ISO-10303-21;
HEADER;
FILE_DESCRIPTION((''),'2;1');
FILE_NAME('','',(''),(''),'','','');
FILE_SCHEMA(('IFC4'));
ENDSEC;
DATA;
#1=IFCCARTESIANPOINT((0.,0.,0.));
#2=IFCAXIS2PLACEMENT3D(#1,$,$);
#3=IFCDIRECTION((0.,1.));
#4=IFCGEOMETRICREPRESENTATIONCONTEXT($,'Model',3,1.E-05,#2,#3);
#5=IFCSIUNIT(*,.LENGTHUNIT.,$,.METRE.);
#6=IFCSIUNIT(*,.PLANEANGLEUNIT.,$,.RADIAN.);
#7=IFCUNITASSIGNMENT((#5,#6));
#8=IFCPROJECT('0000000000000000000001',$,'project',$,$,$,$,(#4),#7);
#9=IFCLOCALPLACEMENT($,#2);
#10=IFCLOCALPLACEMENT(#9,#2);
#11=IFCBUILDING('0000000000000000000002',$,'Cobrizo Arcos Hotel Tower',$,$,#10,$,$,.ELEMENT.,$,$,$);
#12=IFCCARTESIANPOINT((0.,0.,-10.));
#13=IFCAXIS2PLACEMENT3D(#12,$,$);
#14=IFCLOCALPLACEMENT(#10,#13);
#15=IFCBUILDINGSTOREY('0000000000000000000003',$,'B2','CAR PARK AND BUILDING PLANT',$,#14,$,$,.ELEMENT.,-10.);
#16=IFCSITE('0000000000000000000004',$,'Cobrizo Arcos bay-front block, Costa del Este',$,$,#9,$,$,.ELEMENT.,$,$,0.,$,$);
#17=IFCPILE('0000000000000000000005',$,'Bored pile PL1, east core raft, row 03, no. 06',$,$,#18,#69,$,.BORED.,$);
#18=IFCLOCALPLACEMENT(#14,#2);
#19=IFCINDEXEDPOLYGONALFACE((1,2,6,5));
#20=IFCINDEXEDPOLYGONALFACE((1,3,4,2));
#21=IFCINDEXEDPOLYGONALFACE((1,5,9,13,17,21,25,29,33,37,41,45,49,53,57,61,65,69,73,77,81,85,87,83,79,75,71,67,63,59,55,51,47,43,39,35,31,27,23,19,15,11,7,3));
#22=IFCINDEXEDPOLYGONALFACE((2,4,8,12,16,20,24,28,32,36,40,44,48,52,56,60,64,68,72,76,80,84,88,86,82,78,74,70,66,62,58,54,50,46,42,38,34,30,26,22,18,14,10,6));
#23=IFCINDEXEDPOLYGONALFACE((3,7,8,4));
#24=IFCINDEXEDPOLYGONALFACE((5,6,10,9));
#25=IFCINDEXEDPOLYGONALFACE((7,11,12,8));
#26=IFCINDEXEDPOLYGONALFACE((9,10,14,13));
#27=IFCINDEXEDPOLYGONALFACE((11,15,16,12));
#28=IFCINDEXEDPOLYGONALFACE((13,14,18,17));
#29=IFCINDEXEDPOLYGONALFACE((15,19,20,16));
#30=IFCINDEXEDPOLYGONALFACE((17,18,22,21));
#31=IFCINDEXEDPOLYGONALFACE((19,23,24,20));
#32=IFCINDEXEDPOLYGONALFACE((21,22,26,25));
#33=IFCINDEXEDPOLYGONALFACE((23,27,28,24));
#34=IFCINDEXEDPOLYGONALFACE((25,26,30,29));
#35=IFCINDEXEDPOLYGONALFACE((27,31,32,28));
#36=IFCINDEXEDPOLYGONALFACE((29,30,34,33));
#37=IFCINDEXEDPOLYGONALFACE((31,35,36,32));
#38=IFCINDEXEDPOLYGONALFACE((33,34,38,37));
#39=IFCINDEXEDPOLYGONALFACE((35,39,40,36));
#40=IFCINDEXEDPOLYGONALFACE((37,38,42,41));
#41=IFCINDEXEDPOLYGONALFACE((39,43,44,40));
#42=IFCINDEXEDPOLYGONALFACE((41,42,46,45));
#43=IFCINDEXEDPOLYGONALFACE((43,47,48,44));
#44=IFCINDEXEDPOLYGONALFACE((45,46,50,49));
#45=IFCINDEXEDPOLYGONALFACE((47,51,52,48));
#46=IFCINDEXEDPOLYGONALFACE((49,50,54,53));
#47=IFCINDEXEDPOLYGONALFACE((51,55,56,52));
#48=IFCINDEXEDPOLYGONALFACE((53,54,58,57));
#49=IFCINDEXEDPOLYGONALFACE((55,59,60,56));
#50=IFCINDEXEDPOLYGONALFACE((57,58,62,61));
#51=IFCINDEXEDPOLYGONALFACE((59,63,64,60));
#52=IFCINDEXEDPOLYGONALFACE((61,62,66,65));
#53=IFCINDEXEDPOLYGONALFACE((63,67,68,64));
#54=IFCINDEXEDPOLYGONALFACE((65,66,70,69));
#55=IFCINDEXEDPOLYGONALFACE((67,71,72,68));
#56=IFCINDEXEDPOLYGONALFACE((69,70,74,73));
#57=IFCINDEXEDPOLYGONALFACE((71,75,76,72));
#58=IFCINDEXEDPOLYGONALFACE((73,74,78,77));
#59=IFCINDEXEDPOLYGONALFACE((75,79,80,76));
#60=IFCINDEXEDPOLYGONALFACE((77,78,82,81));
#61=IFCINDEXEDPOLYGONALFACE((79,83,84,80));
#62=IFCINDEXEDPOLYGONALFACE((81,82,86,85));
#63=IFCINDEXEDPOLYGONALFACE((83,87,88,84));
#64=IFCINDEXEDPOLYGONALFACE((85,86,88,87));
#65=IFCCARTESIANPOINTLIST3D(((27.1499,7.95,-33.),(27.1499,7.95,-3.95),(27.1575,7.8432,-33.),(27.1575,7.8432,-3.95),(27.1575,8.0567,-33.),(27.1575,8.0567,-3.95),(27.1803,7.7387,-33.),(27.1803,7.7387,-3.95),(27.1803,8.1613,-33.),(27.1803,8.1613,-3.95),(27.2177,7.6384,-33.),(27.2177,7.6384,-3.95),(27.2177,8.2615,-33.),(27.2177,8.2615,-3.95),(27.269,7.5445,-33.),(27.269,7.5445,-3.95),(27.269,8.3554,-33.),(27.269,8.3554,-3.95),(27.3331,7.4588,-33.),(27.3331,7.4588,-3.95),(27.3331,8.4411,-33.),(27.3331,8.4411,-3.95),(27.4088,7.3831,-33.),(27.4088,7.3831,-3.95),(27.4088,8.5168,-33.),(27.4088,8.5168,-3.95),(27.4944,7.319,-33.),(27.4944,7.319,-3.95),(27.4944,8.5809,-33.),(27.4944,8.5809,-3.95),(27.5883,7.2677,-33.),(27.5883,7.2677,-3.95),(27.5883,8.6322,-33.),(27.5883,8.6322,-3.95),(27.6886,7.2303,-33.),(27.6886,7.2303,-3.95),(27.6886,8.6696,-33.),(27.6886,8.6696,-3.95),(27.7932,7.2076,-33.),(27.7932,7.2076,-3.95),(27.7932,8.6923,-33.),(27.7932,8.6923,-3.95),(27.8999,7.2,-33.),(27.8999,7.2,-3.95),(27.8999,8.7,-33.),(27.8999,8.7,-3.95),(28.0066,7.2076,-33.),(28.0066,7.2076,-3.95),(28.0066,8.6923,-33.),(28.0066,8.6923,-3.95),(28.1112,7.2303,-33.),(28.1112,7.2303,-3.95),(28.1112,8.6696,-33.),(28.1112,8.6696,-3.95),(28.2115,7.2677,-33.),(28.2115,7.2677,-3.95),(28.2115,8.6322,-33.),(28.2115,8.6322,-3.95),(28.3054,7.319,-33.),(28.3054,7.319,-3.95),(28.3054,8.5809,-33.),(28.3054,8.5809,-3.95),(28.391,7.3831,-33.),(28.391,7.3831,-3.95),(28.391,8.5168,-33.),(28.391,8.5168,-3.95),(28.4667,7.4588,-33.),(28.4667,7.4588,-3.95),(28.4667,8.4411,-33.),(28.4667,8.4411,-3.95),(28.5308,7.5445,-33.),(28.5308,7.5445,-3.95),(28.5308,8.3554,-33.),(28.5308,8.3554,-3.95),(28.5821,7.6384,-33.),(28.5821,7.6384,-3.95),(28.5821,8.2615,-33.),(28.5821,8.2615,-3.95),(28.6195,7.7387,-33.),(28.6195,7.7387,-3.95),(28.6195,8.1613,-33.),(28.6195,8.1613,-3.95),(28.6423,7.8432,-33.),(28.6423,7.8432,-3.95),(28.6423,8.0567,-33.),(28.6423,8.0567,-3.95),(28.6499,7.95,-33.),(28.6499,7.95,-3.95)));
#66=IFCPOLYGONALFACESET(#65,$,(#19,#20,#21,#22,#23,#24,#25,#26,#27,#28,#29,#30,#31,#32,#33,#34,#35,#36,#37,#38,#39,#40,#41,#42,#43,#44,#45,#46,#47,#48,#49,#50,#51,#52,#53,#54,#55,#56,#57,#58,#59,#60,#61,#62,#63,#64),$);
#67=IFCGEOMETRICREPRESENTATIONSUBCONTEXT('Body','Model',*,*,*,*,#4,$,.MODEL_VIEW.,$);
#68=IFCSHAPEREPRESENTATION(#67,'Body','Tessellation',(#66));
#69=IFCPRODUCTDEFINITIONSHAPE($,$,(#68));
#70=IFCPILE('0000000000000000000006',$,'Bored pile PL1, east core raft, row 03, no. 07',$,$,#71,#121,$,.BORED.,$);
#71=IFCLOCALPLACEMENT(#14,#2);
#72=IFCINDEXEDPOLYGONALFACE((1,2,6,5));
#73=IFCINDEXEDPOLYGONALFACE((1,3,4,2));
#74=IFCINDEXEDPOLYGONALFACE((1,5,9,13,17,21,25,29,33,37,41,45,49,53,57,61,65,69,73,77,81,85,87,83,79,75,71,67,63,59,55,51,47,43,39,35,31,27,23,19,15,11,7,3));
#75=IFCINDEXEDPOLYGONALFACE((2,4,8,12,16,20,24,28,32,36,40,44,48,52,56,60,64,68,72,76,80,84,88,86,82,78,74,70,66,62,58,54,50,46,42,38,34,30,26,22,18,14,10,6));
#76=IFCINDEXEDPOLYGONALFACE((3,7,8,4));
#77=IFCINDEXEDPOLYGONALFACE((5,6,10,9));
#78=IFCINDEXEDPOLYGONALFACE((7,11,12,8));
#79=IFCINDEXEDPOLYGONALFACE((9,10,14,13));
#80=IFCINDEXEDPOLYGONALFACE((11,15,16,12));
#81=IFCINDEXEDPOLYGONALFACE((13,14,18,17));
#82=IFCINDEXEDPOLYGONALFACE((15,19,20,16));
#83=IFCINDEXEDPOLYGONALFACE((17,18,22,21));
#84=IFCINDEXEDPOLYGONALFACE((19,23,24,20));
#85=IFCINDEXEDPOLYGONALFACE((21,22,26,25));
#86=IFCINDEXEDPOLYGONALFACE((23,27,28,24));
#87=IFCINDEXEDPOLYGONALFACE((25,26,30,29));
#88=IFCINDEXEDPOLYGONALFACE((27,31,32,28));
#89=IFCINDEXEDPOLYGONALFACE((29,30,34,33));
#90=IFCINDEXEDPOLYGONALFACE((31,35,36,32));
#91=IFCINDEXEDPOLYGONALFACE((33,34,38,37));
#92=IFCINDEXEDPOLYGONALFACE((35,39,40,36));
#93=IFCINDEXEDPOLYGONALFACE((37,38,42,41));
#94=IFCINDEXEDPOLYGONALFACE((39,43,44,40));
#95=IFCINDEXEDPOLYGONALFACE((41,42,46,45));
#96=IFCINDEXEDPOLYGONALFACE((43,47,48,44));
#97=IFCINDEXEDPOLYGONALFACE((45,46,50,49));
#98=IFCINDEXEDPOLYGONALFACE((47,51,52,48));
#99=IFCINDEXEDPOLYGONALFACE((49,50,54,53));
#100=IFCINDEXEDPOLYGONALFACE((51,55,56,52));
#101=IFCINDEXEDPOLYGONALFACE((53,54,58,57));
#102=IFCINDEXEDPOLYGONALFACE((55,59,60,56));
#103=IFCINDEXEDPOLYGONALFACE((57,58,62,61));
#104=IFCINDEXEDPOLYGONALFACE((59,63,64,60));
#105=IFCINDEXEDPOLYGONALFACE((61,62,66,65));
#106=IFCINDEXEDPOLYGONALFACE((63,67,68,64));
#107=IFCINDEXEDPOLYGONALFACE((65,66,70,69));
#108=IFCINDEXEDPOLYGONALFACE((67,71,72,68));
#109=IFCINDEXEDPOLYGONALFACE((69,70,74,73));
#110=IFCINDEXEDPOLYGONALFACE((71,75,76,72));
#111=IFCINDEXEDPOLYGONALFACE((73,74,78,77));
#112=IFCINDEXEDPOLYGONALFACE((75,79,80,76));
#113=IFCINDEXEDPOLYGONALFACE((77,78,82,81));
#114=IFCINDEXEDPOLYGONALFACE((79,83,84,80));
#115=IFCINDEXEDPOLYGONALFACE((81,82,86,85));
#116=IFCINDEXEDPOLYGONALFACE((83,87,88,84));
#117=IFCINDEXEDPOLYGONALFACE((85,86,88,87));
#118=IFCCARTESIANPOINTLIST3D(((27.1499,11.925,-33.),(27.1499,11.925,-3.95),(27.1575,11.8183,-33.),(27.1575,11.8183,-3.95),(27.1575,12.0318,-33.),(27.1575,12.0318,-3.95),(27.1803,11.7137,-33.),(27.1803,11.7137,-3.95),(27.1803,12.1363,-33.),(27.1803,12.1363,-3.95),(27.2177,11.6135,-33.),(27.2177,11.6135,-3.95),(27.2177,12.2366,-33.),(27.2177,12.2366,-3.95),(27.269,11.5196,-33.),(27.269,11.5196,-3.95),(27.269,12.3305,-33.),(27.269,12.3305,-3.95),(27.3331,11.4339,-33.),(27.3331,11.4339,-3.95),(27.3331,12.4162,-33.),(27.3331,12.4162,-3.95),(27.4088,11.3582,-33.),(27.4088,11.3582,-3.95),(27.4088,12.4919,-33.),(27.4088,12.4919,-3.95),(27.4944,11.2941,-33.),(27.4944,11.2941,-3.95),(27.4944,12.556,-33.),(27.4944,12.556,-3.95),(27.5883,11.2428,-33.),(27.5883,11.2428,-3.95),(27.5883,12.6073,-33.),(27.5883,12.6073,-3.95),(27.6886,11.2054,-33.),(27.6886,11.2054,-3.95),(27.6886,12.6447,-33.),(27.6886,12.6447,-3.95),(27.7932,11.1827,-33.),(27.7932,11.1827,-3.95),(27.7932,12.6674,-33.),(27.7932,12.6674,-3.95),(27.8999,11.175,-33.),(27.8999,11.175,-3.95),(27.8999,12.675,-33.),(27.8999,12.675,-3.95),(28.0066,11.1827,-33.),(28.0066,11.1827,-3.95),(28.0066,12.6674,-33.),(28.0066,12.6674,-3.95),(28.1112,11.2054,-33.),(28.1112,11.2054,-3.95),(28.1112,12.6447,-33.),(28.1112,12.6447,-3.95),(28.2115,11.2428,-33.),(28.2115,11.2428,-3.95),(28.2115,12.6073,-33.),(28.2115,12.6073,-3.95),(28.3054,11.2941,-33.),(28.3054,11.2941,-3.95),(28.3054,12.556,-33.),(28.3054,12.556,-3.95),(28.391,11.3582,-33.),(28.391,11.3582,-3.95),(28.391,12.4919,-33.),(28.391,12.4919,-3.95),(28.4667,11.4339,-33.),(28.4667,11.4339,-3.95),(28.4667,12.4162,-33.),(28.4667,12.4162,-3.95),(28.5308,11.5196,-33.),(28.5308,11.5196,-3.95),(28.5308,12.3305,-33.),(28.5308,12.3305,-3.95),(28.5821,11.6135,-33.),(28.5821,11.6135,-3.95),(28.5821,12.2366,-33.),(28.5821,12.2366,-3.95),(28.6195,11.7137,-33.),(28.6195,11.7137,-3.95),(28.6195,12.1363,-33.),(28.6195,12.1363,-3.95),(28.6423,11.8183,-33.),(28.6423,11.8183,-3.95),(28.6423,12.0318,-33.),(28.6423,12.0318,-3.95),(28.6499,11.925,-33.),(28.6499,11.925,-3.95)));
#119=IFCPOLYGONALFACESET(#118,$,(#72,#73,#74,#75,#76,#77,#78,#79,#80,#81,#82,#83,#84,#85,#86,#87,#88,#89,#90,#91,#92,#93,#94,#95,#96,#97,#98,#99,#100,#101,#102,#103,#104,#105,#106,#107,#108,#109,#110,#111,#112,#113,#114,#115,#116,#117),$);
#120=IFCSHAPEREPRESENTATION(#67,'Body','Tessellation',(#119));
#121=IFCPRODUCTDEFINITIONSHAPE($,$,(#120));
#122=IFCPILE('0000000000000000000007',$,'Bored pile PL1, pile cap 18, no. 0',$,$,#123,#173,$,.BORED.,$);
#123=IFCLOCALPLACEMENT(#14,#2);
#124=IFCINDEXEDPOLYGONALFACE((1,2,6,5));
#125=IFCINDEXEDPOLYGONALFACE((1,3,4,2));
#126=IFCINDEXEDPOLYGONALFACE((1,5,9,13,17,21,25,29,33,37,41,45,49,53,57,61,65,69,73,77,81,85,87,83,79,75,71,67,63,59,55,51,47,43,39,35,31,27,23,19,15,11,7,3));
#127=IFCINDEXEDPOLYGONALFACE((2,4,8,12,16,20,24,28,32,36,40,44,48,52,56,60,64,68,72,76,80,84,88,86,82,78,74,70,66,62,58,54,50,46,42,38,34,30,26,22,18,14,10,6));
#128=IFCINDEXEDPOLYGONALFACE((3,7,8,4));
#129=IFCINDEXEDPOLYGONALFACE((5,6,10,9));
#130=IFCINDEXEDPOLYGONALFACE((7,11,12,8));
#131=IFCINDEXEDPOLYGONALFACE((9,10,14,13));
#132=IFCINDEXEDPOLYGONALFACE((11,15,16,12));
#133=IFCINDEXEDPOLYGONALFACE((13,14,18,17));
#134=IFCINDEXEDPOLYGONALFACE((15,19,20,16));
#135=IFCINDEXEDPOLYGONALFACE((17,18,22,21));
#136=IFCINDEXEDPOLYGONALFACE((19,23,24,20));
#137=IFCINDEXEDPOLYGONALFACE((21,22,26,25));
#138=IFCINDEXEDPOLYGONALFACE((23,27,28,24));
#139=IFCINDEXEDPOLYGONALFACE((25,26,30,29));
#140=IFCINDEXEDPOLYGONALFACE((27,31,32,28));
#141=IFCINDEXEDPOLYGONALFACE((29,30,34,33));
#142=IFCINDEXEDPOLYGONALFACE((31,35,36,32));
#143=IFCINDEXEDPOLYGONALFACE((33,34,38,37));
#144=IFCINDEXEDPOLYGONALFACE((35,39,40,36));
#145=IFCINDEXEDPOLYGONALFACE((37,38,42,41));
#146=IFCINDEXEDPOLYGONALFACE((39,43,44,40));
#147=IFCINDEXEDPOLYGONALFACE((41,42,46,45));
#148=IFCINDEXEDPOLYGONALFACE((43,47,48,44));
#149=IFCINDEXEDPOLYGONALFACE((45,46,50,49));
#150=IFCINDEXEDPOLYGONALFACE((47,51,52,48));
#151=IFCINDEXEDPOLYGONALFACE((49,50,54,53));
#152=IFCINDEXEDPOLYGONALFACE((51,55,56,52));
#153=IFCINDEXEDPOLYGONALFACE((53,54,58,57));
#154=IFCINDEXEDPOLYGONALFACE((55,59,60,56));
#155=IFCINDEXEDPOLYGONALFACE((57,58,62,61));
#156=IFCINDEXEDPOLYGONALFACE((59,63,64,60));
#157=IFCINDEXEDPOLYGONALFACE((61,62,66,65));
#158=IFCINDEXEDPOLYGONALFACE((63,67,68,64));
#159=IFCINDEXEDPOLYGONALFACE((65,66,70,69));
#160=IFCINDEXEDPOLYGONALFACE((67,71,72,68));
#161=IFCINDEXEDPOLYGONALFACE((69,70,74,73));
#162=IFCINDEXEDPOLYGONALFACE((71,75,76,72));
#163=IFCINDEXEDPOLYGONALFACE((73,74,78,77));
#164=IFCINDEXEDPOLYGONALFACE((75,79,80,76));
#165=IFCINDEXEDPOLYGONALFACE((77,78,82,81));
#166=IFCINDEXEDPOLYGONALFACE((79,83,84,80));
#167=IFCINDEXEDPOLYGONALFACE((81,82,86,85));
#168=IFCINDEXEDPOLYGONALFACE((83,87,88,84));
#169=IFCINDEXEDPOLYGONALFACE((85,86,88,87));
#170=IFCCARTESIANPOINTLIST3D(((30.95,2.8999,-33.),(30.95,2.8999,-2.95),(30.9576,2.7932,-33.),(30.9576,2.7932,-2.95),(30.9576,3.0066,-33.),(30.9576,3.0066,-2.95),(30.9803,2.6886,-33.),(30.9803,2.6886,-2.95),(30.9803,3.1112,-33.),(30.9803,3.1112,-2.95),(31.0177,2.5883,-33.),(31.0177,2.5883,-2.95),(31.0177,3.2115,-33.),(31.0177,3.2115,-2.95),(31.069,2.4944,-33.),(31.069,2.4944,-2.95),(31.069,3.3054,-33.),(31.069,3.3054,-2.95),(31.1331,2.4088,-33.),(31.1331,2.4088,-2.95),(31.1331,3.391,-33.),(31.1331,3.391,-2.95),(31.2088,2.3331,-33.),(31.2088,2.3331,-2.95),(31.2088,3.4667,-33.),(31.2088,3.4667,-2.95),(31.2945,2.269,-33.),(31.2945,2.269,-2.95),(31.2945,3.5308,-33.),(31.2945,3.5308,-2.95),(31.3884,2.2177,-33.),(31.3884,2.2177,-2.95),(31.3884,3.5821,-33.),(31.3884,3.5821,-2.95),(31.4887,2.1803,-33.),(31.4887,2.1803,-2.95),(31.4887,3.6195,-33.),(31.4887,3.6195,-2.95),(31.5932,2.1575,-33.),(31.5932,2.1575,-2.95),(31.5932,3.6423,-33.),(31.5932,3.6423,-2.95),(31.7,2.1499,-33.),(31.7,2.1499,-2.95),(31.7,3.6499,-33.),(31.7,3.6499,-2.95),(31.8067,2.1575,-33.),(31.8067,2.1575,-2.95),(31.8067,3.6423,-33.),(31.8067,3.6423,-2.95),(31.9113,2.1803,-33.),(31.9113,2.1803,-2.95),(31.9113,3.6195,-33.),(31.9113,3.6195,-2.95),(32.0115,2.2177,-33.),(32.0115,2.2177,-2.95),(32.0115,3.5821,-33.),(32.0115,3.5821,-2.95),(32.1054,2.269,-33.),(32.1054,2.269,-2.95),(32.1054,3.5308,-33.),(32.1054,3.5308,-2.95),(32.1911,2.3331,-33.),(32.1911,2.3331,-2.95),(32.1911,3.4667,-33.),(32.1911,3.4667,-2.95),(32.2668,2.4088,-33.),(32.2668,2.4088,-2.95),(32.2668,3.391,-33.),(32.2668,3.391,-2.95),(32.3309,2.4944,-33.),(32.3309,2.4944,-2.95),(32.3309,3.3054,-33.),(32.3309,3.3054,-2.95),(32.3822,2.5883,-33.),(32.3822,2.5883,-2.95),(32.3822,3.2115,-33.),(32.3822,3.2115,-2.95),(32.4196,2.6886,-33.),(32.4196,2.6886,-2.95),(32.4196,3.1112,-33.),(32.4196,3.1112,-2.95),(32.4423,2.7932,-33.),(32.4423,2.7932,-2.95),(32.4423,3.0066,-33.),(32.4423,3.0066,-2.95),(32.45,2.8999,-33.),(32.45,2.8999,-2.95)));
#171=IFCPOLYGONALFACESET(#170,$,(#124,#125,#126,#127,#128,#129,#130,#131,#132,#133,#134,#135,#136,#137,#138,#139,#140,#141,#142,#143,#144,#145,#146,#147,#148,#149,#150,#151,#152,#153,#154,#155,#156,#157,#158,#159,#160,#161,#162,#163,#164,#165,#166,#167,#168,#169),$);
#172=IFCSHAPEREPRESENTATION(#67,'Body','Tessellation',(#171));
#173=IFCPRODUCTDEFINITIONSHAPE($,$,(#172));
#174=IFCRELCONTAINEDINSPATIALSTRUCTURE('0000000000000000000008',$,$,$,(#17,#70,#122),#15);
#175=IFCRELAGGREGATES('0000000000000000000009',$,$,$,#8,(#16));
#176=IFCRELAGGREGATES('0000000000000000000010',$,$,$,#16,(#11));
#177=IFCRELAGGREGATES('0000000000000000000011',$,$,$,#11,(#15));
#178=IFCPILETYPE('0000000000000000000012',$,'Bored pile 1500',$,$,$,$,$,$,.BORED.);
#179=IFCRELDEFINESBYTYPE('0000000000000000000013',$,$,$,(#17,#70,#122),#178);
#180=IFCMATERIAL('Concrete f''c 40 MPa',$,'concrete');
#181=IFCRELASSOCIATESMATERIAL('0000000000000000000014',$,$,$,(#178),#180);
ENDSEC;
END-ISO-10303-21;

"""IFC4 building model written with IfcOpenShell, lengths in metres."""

from ifc_helpers import new_model, si_unit, direction, frame, origin, origin_2d, place, context, subcontext, project, spatial, circle, extrude, material, material_profile, profile_set, type_object, element, save


model = new_model("IFC4")

# Units and contexts
model_context = context("Model", 3, precision=1e-05, world=origin(), true_north=direction((0.0, 1.0)))
body_context = subcontext(model_context, "Body", "Model", "MODEL_VIEW")
ifc_project = project(units=[si_unit("LENGTHUNIT", "METRE"), si_unit("PLANEANGLEUNIT", "RADIAN")], contexts=[model_context])

# Site, building, storey
site_placement = place(None, origin())
site = spatial("IfcSite", under=ifc_project, at=site_placement, Name="Cobrizo Arcos bay-front block, Costa del Este", CompositionType="ELEMENT", RefElevation=0.0)
building_placement = place(site_placement, origin())
building = spatial("IfcBuilding", under=site, at=building_placement, Name="Cobrizo Arcos Hotel Tower", CompositionType="ELEMENT")
storey_placement = place(building_placement, frame((0.0, 0.0, -10.0)))
storey = spatial("IfcBuildingStorey", under=building, at=storey_placement, Name="B2", Description="CAR PARK AND BUILDING PLANT", CompositionType="ELEMENT", Elevation=-10.0)

# Piles
ifc_material_1 = material(Name="Concrete f'c 40 MPa", Category="concrete")
ifc_material_profile_1 = material_profile(ifc_material_1, circle(Radius=0.75, at=origin_2d()), Name="BORED PILE 1500")
ifc_profile_set_1 = profile_set([ifc_material_profile_1], Name="Concrete f'c 40 MPa")
pile_type = type_object("IfcPileType", Name="Bored pile 1500", PredefinedType="BORED", material=ifc_profile_set_1)
for number, where, z_axis, x_axis, name in (
    (1, (27.8999, 7.95, -3.95), (0.0, 0.0, -1.0), (1.0, 0.0, 0.0), "Bored pile PL1, east core raft, row 03, no. 06"),
    (2, (27.8999, 11.925, -3.95), (0.0, 0.0, -1.0), (1.0, 0.0, 0.0), "Bored pile PL1, east core raft, row 03, no. 07"),
):
    element("IfcPile", number, at=place(storey_placement, frame(where, z_axis=z_axis, x_axis=x_axis)), inside=storey, type_object=pile_type, Name=name, PredefinedType="BORED", context=body_context, shape_type="SweptSolid", body=[
        extrude(circle(Radius=0.75, at=origin_2d()), origin(), (0.0, 0.0, 1.0), 29.05),
    ])
for number, where, z_axis, x_axis, name in (
    (3, (31.7, 2.8999, -2.95), (0.0, 0.0, -1.0), (1.0, 0.0, 0.0), "Bored pile PL1, pile cap 18, no. 0"),
):
    element("IfcPile", number, at=place(storey_placement, frame(where, z_axis=z_axis, x_axis=x_axis)), inside=storey, type_object=pile_type, Name=name, PredefinedType="BORED", context=body_context, shape_type="SweptSolid", body=[
        extrude(circle(Radius=0.75, at=origin_2d()), origin(), (0.0, 0.0, 1.0), 30.05),
    ])

save(model, "model.ifc")
